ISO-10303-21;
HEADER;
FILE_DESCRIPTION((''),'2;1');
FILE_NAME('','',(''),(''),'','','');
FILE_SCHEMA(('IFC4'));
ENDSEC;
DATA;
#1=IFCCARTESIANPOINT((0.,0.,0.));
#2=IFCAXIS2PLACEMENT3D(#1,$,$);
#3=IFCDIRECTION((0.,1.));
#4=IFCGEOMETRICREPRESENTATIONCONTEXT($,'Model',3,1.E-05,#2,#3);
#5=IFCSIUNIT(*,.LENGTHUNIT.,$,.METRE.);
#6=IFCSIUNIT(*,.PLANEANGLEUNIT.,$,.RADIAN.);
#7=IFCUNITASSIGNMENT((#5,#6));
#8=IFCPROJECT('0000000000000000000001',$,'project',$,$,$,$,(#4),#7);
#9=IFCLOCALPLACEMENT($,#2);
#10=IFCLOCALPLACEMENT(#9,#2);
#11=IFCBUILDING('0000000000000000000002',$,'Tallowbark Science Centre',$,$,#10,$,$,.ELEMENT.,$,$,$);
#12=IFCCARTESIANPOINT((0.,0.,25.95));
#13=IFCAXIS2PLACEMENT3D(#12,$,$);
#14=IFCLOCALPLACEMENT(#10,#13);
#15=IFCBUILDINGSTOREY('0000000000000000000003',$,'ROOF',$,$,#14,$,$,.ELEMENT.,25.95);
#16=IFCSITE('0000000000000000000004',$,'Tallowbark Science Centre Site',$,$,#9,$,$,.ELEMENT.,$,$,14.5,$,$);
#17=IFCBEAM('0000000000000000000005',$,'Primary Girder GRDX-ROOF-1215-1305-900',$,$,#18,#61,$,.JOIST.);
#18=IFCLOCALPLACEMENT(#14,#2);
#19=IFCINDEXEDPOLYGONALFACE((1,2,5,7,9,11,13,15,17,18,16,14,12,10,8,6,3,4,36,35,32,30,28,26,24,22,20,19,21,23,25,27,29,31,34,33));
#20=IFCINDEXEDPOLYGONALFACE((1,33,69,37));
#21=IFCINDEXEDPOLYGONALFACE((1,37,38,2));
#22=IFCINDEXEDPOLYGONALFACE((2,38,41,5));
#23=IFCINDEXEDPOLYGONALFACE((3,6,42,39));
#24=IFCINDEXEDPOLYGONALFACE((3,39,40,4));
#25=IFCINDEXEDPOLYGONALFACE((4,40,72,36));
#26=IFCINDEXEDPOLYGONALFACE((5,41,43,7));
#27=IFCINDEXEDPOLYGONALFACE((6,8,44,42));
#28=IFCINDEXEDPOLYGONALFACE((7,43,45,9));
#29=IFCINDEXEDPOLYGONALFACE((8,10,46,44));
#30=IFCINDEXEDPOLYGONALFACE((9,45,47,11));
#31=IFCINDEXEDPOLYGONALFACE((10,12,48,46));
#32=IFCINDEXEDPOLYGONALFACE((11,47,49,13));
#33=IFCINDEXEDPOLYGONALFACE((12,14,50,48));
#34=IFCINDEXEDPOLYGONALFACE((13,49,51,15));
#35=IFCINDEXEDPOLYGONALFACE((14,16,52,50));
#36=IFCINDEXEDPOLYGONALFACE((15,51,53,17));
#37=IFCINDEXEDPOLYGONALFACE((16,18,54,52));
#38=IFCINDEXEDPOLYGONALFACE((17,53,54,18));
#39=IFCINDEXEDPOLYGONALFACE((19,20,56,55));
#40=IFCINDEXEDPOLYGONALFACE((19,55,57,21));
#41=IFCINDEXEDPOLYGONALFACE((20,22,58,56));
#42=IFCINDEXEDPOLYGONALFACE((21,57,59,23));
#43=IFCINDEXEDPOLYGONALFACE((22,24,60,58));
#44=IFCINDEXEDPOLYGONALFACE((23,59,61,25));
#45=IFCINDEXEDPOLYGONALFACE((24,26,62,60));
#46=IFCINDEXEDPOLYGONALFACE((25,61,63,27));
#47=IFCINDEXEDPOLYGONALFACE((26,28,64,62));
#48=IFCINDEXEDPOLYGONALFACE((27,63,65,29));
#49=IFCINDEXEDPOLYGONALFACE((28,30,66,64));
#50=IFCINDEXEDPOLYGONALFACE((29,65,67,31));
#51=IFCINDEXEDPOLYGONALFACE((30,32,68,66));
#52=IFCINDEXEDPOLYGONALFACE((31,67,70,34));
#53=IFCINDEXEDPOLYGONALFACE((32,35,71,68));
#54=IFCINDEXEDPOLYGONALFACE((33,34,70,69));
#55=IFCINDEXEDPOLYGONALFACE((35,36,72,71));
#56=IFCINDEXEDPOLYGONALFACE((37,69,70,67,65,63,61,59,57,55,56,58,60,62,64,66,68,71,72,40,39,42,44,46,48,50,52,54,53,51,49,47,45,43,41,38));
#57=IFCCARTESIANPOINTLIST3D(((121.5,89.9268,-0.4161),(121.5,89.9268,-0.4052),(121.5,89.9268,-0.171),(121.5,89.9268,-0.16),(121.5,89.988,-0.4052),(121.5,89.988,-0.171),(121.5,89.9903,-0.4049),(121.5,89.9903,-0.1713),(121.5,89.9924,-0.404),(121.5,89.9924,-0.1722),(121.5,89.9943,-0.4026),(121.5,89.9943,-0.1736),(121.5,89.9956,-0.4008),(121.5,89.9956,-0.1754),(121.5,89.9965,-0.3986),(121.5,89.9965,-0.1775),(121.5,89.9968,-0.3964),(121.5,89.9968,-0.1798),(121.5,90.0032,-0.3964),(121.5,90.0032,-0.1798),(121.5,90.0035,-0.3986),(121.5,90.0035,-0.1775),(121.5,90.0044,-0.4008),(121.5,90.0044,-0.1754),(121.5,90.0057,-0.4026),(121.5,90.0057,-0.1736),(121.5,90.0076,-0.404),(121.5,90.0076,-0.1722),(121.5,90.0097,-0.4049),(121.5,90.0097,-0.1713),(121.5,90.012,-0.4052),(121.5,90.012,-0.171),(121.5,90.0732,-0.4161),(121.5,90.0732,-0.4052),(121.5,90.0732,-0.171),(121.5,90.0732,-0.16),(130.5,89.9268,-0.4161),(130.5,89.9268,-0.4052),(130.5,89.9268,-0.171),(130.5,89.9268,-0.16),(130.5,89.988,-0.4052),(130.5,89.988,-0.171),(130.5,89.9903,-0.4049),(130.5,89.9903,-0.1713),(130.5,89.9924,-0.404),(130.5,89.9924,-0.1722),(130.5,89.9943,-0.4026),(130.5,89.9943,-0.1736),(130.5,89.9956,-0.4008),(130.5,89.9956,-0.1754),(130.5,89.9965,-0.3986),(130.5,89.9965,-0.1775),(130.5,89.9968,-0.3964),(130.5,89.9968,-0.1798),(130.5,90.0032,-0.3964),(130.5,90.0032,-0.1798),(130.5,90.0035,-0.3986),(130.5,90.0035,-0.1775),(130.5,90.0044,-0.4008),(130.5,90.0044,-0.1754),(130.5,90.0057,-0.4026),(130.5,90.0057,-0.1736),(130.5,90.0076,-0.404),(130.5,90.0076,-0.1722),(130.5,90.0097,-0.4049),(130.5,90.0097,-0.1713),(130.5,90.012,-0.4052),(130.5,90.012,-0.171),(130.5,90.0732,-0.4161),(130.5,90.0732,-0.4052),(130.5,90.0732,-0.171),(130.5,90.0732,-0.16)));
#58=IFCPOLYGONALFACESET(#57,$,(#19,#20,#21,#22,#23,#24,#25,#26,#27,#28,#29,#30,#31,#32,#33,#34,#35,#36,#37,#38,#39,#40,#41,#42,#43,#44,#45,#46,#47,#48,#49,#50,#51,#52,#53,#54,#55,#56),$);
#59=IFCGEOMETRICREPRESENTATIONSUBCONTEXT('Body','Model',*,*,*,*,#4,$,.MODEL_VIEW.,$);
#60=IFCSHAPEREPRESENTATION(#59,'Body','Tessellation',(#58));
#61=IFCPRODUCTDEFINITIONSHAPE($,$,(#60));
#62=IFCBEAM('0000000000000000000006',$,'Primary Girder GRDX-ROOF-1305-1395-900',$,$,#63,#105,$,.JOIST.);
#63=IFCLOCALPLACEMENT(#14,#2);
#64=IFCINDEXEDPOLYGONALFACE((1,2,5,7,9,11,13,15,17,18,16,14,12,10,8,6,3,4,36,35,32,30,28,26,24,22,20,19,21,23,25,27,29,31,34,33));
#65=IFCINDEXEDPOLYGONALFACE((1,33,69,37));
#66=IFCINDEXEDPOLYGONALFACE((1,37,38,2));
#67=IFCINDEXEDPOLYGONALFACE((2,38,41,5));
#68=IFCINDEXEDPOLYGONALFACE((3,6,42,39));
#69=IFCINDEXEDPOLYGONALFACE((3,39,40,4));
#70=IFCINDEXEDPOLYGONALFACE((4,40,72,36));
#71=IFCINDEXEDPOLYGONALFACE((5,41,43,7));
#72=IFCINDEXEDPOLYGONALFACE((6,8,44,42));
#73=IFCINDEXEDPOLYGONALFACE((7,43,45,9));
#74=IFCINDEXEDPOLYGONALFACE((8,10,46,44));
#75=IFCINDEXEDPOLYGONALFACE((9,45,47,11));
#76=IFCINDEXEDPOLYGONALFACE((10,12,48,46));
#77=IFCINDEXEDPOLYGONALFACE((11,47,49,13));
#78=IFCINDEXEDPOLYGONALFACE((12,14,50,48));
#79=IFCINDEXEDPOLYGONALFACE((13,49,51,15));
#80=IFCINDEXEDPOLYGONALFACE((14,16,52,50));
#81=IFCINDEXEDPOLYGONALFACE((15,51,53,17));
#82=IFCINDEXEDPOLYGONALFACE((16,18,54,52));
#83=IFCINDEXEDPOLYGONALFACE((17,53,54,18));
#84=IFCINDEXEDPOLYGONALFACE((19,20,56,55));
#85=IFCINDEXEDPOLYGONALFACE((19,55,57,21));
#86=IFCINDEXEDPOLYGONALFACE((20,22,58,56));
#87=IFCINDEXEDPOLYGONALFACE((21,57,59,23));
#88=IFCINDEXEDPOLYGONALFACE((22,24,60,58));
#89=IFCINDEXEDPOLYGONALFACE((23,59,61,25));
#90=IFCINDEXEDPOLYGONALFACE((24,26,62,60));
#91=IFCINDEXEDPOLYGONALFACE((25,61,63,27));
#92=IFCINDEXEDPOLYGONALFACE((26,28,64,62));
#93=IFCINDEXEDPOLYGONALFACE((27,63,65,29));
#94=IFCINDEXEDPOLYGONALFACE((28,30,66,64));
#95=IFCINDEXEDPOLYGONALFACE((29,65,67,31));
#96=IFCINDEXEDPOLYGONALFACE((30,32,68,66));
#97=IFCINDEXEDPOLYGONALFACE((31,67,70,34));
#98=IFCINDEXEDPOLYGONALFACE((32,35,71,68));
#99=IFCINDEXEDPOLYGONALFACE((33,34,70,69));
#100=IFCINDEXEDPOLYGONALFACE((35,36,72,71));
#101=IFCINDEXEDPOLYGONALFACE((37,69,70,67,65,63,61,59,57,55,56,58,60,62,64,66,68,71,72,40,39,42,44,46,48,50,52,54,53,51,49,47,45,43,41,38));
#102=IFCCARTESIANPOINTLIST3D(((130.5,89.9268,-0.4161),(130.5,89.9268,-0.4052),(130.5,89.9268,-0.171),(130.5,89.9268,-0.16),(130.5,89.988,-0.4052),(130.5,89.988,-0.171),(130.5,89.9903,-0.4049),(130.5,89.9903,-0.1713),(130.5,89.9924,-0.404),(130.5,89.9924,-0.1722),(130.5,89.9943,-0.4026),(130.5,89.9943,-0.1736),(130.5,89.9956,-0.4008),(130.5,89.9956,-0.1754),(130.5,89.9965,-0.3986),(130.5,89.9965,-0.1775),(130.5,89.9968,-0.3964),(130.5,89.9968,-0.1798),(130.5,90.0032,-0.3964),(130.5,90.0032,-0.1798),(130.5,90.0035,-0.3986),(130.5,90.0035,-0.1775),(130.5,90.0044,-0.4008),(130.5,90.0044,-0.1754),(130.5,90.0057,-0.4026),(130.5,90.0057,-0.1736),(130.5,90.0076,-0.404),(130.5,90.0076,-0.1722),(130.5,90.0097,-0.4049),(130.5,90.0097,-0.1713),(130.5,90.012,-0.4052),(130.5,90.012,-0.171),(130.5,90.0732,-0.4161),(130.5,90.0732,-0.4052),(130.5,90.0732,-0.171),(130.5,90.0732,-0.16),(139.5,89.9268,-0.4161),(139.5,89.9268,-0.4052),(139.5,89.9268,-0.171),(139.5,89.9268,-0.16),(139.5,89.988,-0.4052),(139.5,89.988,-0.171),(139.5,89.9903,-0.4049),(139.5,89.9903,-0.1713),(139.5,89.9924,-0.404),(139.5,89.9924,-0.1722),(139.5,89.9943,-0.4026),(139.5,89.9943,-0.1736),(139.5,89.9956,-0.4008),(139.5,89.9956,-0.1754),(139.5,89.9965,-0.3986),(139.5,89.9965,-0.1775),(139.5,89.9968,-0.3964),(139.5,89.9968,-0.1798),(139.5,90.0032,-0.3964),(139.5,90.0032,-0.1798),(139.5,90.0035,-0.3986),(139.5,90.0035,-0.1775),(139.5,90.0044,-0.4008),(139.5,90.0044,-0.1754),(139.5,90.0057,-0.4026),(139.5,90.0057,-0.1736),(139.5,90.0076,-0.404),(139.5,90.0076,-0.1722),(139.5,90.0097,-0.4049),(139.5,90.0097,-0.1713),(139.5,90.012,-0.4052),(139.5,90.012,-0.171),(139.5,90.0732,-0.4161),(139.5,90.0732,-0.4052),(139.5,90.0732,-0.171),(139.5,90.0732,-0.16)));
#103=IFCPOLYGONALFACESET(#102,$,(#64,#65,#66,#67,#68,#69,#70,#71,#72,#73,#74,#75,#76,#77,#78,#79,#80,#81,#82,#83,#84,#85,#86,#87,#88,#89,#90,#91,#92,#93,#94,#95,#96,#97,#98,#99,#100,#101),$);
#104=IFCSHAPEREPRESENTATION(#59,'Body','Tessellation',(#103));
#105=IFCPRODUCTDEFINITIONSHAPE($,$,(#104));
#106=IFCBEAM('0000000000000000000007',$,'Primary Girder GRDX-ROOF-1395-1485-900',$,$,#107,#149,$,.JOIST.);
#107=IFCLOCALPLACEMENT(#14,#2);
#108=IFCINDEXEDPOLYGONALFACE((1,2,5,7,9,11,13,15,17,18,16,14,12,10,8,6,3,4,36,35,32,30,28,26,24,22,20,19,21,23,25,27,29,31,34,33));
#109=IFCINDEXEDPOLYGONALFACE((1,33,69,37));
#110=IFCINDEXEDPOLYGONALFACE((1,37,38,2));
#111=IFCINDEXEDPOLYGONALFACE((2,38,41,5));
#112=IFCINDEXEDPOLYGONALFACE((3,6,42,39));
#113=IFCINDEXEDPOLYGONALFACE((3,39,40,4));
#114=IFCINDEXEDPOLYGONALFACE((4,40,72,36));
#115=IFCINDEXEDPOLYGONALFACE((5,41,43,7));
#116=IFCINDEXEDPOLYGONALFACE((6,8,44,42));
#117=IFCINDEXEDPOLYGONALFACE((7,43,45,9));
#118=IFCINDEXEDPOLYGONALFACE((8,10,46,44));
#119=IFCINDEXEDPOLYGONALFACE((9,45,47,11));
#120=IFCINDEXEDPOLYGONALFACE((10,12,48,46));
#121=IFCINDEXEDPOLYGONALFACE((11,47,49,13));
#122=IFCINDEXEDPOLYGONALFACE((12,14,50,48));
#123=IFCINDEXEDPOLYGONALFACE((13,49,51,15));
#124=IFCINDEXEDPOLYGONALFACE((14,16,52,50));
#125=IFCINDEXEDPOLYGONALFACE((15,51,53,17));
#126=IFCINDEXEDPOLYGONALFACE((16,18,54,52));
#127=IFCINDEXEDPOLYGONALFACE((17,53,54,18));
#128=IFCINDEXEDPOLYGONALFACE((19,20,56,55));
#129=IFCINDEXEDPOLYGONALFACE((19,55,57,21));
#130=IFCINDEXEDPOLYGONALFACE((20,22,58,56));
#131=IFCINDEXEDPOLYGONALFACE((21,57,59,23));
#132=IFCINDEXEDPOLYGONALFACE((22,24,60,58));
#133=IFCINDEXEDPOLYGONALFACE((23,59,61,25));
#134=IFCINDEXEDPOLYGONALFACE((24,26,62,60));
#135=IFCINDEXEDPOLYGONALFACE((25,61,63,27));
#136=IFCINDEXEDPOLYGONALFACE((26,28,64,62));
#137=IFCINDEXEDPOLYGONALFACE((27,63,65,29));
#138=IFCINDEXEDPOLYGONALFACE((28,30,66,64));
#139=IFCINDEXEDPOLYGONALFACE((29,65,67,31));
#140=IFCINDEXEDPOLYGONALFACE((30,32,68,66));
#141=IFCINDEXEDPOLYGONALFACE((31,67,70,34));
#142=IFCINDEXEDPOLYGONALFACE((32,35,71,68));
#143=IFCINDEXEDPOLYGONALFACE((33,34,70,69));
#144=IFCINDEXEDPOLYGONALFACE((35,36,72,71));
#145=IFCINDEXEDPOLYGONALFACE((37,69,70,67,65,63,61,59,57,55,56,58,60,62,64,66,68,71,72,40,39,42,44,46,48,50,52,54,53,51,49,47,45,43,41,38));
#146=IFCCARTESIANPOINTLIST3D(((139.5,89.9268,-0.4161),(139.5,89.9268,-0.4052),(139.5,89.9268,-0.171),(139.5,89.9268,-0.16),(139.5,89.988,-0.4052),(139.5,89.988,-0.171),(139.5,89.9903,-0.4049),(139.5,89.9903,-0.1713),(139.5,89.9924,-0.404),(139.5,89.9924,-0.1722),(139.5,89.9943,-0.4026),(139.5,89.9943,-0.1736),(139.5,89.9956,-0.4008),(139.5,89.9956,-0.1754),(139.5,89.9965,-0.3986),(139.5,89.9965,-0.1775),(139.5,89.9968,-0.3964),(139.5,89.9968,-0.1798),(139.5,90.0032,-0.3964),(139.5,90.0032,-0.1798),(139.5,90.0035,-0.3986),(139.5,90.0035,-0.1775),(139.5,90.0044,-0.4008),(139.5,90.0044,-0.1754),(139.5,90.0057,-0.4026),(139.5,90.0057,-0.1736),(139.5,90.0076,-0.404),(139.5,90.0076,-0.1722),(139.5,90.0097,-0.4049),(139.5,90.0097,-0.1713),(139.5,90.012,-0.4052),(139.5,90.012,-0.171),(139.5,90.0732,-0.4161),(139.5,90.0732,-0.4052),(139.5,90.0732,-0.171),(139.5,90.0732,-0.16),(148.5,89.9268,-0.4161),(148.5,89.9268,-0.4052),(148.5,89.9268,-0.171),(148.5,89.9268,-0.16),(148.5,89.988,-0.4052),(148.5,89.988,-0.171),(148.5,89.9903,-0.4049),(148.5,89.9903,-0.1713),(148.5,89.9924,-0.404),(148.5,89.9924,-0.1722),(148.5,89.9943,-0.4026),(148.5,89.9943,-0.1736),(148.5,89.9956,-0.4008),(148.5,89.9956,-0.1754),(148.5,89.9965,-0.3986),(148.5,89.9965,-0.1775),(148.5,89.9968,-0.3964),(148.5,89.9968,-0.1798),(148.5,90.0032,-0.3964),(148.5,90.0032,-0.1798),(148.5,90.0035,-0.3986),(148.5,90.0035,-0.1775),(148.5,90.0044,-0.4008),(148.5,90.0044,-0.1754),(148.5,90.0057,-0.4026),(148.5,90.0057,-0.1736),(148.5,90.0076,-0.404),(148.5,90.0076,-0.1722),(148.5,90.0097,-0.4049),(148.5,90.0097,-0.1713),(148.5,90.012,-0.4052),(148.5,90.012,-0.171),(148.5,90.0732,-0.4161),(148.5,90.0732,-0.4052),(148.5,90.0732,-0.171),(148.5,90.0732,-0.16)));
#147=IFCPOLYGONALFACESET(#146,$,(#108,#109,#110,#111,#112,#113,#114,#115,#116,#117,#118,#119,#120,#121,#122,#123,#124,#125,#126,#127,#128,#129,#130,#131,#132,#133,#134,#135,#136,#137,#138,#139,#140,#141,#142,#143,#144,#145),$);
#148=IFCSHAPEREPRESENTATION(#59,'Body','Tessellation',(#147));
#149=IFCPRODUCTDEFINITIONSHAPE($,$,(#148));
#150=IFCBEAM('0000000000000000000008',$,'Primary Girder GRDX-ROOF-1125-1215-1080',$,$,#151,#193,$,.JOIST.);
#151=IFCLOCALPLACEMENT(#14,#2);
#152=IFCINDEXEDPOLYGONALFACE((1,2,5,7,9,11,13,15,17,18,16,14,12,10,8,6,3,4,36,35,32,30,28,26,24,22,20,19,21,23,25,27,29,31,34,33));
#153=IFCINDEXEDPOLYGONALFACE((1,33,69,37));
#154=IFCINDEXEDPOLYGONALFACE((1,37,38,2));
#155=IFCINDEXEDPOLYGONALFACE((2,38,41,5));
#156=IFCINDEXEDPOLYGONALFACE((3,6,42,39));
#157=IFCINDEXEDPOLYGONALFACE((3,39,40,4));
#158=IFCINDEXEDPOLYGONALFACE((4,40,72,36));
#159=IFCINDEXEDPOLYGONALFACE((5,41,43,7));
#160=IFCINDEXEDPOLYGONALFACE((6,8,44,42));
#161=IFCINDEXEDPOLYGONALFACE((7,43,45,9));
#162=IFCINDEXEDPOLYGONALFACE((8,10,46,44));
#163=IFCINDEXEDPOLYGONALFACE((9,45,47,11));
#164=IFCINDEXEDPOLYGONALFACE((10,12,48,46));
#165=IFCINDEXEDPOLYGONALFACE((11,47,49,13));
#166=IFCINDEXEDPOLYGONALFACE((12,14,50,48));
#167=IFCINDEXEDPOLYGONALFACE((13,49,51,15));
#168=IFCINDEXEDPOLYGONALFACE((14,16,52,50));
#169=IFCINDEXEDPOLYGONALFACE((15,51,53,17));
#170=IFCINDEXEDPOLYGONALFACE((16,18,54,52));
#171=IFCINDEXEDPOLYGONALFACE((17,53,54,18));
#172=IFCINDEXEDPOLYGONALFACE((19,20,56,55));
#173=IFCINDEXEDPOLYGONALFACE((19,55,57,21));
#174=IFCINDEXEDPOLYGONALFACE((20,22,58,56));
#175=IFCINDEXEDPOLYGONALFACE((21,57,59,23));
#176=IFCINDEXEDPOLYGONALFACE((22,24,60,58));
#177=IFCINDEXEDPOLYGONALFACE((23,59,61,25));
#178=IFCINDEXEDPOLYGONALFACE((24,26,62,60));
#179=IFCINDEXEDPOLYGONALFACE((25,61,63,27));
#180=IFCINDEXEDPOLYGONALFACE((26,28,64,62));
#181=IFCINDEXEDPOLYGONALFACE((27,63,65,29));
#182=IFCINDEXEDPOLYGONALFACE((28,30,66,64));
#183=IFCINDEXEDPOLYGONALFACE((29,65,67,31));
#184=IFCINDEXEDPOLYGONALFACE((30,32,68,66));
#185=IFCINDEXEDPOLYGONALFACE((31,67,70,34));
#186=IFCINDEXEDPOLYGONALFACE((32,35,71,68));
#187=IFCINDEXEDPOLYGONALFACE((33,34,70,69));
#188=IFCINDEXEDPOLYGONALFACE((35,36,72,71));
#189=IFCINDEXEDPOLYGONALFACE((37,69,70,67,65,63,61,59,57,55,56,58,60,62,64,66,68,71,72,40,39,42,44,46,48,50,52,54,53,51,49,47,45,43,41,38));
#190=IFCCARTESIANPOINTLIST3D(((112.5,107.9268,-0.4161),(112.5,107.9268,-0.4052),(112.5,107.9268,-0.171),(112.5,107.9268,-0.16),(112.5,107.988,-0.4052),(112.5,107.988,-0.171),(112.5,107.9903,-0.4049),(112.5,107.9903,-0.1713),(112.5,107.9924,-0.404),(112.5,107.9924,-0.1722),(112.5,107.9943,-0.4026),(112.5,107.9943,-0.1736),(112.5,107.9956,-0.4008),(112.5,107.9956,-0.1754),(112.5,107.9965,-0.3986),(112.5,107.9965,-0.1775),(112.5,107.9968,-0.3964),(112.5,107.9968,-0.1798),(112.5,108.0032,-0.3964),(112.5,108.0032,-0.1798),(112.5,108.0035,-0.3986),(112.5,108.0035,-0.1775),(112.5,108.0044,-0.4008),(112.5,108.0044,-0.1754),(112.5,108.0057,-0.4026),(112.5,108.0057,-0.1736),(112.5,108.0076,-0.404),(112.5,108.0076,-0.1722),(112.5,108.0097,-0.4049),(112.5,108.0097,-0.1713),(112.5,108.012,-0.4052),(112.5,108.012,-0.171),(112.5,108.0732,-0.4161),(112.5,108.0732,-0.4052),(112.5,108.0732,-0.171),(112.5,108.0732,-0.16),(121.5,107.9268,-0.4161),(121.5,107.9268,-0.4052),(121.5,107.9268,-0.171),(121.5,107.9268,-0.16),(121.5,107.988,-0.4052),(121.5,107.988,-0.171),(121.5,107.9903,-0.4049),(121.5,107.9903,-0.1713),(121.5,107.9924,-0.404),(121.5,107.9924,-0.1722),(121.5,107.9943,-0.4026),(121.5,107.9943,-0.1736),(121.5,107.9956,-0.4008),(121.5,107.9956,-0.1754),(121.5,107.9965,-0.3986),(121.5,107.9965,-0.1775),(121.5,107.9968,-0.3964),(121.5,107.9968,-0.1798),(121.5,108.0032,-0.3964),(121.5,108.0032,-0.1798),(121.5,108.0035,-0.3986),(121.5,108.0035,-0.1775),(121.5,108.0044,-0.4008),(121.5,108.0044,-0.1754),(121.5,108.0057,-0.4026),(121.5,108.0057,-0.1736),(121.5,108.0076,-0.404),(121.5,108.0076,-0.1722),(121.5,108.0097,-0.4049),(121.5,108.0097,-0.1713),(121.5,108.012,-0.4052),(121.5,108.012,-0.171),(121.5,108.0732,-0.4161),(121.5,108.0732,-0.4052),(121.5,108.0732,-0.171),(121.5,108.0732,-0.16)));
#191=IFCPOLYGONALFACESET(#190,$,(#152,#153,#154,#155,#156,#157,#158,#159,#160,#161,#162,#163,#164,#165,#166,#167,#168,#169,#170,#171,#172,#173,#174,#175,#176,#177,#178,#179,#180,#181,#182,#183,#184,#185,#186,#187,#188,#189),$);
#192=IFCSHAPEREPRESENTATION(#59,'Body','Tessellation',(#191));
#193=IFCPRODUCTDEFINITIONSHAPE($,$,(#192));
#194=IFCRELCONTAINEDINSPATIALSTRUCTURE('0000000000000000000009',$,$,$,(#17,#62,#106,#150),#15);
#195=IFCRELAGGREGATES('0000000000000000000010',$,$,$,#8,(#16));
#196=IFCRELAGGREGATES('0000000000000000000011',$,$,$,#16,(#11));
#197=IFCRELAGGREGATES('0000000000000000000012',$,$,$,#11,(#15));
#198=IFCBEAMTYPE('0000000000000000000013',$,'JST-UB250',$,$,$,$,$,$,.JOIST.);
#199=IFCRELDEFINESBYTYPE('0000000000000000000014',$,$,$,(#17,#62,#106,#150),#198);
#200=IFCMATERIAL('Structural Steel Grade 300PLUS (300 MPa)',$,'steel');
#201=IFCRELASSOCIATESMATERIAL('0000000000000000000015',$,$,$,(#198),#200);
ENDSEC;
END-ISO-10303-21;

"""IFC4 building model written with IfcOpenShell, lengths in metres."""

from ifc_helpers import new_model, si_unit, direction, frame, origin, origin_2d, place, context, subcontext, project, spatial, i_section, extrude, material, material_profile, profile_set, type_object, element, save


model = new_model("IFC4")

# Units and contexts
model_context = context("Model", 3, precision=1e-05, world=origin(), true_north=direction((0.0, 1.0)))
body_context = subcontext(model_context, "Body", "Model", "MODEL_VIEW")
ifc_project = project(units=[si_unit("LENGTHUNIT", "METRE"), si_unit("PLANEANGLEUNIT", "RADIAN")], contexts=[model_context])

# Site, building, storey
site_placement = place(None, origin())
site = spatial("IfcSite", under=ifc_project, at=site_placement, Name="Tallowbark Science Centre Site", CompositionType="ELEMENT", RefElevation=14.5)
building_placement = place(site_placement, origin())
building = spatial("IfcBuilding", under=site, at=building_placement, Name="Tallowbark Science Centre", CompositionType="ELEMENT")
storey_placement = place(building_placement, frame((0.0, 0.0, 25.95)))
storey = spatial("IfcBuildingStorey", under=building, at=storey_placement, Name="ROOF", CompositionType="ELEMENT", Elevation=25.95)

# Beams
ifc_material_1 = material(Name="Structural Steel Grade 300PLUS (300 MPa)", Category="steel")
ifc_material_profile_1 = material_profile(ifc_material_1, i_section(OverallWidth=0.1465, OverallDepth=0.2561, WebThickness=0.0063, FlangeThickness=0.011, FilletRadius=0.0088, at=origin_2d()), Name="250UB37.3")
ifc_profile_set_1 = profile_set([ifc_material_profile_1], Name="Structural Steel Grade 300PLUS (300 MPa)")
beam_type_1 = type_object("IfcBeamType", Name="JST-UB250", PredefinedType="JOIST", material=ifc_profile_set_1)
for number, where, z_axis, x_axis, name in (
    (1, (121.5, 90.0, -0.2881), (1.0, 0.0, 0.0), (0.0, 1.0, 0.0), "Primary Girder GRDX-ROOF-1215-1305-900"),
    (2, (130.5, 90.0, -0.2881), (1.0, 0.0, 0.0), (0.0, 1.0, 0.0), "Primary Girder GRDX-ROOF-1305-1395-900"),
    (3, (139.5, 90.0, -0.2881), (1.0, 0.0, 0.0), (0.0, 1.0, 0.0), "Primary Girder GRDX-ROOF-1395-1485-900"),
    (4, (112.5, 108.0, -0.2881), (1.0, 0.0, 0.0), (0.0, 1.0, 0.0), "Primary Girder GRDX-ROOF-1125-1215-1080"),
):
    element("IfcBeam", number, at=place(storey_placement, frame(where, z_axis=z_axis, x_axis=x_axis)), inside=storey, type_object=beam_type_1, Name=name, PredefinedType="JOIST", context=body_context, shape_type="SweptSolid", body=[
        extrude(i_section(OverallWidth=0.1465, OverallDepth=0.2561, WebThickness=0.0063, FlangeThickness=0.011, FilletRadius=0.0088, at=origin_2d()), origin(), (0.0, 0.0, 1.0), 9.0),
    ])

save(model, "model.ifc")
